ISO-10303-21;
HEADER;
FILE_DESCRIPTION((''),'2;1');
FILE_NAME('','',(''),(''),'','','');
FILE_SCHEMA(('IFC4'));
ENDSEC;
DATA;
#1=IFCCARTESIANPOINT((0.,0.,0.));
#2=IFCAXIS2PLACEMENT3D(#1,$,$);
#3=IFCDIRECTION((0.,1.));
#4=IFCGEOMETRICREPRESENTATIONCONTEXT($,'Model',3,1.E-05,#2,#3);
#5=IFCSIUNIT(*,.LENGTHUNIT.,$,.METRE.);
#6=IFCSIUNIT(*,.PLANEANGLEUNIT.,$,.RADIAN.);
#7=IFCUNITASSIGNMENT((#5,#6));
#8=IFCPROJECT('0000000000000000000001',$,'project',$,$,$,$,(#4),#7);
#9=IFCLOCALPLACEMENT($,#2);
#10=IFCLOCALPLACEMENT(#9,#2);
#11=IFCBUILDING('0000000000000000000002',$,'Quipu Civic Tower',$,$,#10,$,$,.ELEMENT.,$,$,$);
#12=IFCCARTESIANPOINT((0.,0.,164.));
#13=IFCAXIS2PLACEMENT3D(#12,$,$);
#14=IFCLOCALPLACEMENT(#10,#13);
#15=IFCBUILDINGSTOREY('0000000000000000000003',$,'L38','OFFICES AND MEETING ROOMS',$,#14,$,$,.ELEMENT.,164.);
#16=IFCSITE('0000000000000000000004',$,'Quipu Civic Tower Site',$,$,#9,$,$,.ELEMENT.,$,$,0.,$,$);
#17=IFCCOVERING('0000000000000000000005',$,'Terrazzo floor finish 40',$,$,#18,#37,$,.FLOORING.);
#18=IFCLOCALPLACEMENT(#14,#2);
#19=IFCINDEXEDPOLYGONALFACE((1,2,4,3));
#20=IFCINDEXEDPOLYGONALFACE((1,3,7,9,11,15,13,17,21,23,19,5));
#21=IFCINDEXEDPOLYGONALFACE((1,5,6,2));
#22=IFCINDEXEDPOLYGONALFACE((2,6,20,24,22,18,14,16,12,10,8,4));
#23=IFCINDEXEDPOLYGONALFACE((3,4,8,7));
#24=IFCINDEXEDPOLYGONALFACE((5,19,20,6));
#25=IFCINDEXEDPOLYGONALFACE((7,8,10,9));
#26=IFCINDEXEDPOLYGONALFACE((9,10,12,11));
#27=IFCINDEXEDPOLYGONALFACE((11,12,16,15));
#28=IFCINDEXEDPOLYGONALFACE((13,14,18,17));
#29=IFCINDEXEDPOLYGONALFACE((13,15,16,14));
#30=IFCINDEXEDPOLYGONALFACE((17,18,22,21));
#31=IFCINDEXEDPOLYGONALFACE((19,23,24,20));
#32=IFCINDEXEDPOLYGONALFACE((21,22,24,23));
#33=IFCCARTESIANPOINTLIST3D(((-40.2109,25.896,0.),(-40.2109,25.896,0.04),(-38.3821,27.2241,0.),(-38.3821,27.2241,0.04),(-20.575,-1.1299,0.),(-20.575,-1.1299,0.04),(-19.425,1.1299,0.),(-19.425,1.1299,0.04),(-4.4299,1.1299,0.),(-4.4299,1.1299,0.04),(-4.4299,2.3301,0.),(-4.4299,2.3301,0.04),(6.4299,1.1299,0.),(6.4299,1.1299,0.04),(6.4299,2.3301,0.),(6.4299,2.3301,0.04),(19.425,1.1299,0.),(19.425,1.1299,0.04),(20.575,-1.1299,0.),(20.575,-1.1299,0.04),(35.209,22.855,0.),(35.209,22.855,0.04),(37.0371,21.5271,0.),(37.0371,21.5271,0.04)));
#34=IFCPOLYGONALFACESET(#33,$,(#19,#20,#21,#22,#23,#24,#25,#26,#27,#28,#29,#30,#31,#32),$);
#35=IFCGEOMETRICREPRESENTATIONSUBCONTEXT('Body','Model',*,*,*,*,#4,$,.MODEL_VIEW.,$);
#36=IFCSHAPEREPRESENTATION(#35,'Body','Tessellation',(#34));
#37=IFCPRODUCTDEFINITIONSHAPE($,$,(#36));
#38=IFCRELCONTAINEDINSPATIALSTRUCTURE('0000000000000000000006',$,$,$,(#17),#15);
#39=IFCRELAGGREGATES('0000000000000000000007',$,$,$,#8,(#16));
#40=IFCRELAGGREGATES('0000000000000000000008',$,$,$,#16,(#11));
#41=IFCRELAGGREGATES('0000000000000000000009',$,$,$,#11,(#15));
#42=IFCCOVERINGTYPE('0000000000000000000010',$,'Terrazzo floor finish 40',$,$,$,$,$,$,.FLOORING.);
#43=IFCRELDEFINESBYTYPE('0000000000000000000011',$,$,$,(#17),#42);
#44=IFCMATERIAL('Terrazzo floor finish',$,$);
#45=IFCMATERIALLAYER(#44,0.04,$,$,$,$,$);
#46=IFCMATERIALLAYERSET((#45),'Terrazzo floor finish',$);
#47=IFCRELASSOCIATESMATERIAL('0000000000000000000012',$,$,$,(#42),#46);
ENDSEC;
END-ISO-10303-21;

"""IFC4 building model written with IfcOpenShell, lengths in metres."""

from ifc_helpers import new_model, si_unit, direction, frame, origin, place, context, subcontext, project, spatial, polyline, outline, extrude, material, layer, layer_set, type_object, element, save


model = new_model("IFC4")

# Units and contexts
model_context = context("Model", 3, precision=1e-05, world=origin(), true_north=direction((0.0, 1.0)))
body_context = subcontext(model_context, "Body", "Model", "MODEL_VIEW")
ifc_project = project(units=[si_unit("LENGTHUNIT", "METRE"), si_unit("PLANEANGLEUNIT", "RADIAN")], contexts=[model_context])

# Site, building, storey
site_placement = place(None, origin())
site = spatial("IfcSite", under=ifc_project, at=site_placement, Name="Quipu Civic Tower Site", CompositionType="ELEMENT", RefElevation=0.0)
building_placement = place(site_placement, origin())
building = spatial("IfcBuilding", under=site, at=building_placement, Name="Quipu Civic Tower", CompositionType="ELEMENT")
storey_placement = place(building_placement, frame((0.0, 0.0, 164.0)))
storey = spatial("IfcBuildingStorey", under=building, at=storey_placement, Name="L38", Description="OFFICES AND MEETING ROOMS", CompositionType="ELEMENT", Elevation=164.0)

# Covering
ifc_material_1 = material(Name="Terrazzo floor finish")
ifc_layer_1 = layer(ifc_material_1, 0.04)
ifc_layer_set_1 = layer_set([ifc_layer_1], Name="Terrazzo floor finish")
covering_type_1 = type_object("IfcCoveringType", Name="Terrazzo floor finish 40", PredefinedType="FLOORING", material=ifc_layer_set_1)
covering_1_placement = place(storey_placement, origin())
element("IfcCovering", 1, at=covering_1_placement, inside=storey, type_object=covering_type_1, Name="Terrazzo floor finish 40", PredefinedType="FLOORING", context=body_context, shape_type="SweptSolid", body=[
    extrude(outline(polyline([(6.4299, 1.1299), (19.425, 1.1299), (35.209, 22.855), (37.0371, 21.5271), (20.575, -1.1299), (-20.575, -1.1299), (-40.2109, 25.896), (-38.3821, 27.2241), (-19.425, 1.1299), (-4.4299, 1.1299), (-4.4299, 2.3301), (6.4299, 2.3301), (6.4299, 1.1299)])), origin(), (0.0, 0.0, 1.0), 0.04),
])

save(model, "model.ifc")
